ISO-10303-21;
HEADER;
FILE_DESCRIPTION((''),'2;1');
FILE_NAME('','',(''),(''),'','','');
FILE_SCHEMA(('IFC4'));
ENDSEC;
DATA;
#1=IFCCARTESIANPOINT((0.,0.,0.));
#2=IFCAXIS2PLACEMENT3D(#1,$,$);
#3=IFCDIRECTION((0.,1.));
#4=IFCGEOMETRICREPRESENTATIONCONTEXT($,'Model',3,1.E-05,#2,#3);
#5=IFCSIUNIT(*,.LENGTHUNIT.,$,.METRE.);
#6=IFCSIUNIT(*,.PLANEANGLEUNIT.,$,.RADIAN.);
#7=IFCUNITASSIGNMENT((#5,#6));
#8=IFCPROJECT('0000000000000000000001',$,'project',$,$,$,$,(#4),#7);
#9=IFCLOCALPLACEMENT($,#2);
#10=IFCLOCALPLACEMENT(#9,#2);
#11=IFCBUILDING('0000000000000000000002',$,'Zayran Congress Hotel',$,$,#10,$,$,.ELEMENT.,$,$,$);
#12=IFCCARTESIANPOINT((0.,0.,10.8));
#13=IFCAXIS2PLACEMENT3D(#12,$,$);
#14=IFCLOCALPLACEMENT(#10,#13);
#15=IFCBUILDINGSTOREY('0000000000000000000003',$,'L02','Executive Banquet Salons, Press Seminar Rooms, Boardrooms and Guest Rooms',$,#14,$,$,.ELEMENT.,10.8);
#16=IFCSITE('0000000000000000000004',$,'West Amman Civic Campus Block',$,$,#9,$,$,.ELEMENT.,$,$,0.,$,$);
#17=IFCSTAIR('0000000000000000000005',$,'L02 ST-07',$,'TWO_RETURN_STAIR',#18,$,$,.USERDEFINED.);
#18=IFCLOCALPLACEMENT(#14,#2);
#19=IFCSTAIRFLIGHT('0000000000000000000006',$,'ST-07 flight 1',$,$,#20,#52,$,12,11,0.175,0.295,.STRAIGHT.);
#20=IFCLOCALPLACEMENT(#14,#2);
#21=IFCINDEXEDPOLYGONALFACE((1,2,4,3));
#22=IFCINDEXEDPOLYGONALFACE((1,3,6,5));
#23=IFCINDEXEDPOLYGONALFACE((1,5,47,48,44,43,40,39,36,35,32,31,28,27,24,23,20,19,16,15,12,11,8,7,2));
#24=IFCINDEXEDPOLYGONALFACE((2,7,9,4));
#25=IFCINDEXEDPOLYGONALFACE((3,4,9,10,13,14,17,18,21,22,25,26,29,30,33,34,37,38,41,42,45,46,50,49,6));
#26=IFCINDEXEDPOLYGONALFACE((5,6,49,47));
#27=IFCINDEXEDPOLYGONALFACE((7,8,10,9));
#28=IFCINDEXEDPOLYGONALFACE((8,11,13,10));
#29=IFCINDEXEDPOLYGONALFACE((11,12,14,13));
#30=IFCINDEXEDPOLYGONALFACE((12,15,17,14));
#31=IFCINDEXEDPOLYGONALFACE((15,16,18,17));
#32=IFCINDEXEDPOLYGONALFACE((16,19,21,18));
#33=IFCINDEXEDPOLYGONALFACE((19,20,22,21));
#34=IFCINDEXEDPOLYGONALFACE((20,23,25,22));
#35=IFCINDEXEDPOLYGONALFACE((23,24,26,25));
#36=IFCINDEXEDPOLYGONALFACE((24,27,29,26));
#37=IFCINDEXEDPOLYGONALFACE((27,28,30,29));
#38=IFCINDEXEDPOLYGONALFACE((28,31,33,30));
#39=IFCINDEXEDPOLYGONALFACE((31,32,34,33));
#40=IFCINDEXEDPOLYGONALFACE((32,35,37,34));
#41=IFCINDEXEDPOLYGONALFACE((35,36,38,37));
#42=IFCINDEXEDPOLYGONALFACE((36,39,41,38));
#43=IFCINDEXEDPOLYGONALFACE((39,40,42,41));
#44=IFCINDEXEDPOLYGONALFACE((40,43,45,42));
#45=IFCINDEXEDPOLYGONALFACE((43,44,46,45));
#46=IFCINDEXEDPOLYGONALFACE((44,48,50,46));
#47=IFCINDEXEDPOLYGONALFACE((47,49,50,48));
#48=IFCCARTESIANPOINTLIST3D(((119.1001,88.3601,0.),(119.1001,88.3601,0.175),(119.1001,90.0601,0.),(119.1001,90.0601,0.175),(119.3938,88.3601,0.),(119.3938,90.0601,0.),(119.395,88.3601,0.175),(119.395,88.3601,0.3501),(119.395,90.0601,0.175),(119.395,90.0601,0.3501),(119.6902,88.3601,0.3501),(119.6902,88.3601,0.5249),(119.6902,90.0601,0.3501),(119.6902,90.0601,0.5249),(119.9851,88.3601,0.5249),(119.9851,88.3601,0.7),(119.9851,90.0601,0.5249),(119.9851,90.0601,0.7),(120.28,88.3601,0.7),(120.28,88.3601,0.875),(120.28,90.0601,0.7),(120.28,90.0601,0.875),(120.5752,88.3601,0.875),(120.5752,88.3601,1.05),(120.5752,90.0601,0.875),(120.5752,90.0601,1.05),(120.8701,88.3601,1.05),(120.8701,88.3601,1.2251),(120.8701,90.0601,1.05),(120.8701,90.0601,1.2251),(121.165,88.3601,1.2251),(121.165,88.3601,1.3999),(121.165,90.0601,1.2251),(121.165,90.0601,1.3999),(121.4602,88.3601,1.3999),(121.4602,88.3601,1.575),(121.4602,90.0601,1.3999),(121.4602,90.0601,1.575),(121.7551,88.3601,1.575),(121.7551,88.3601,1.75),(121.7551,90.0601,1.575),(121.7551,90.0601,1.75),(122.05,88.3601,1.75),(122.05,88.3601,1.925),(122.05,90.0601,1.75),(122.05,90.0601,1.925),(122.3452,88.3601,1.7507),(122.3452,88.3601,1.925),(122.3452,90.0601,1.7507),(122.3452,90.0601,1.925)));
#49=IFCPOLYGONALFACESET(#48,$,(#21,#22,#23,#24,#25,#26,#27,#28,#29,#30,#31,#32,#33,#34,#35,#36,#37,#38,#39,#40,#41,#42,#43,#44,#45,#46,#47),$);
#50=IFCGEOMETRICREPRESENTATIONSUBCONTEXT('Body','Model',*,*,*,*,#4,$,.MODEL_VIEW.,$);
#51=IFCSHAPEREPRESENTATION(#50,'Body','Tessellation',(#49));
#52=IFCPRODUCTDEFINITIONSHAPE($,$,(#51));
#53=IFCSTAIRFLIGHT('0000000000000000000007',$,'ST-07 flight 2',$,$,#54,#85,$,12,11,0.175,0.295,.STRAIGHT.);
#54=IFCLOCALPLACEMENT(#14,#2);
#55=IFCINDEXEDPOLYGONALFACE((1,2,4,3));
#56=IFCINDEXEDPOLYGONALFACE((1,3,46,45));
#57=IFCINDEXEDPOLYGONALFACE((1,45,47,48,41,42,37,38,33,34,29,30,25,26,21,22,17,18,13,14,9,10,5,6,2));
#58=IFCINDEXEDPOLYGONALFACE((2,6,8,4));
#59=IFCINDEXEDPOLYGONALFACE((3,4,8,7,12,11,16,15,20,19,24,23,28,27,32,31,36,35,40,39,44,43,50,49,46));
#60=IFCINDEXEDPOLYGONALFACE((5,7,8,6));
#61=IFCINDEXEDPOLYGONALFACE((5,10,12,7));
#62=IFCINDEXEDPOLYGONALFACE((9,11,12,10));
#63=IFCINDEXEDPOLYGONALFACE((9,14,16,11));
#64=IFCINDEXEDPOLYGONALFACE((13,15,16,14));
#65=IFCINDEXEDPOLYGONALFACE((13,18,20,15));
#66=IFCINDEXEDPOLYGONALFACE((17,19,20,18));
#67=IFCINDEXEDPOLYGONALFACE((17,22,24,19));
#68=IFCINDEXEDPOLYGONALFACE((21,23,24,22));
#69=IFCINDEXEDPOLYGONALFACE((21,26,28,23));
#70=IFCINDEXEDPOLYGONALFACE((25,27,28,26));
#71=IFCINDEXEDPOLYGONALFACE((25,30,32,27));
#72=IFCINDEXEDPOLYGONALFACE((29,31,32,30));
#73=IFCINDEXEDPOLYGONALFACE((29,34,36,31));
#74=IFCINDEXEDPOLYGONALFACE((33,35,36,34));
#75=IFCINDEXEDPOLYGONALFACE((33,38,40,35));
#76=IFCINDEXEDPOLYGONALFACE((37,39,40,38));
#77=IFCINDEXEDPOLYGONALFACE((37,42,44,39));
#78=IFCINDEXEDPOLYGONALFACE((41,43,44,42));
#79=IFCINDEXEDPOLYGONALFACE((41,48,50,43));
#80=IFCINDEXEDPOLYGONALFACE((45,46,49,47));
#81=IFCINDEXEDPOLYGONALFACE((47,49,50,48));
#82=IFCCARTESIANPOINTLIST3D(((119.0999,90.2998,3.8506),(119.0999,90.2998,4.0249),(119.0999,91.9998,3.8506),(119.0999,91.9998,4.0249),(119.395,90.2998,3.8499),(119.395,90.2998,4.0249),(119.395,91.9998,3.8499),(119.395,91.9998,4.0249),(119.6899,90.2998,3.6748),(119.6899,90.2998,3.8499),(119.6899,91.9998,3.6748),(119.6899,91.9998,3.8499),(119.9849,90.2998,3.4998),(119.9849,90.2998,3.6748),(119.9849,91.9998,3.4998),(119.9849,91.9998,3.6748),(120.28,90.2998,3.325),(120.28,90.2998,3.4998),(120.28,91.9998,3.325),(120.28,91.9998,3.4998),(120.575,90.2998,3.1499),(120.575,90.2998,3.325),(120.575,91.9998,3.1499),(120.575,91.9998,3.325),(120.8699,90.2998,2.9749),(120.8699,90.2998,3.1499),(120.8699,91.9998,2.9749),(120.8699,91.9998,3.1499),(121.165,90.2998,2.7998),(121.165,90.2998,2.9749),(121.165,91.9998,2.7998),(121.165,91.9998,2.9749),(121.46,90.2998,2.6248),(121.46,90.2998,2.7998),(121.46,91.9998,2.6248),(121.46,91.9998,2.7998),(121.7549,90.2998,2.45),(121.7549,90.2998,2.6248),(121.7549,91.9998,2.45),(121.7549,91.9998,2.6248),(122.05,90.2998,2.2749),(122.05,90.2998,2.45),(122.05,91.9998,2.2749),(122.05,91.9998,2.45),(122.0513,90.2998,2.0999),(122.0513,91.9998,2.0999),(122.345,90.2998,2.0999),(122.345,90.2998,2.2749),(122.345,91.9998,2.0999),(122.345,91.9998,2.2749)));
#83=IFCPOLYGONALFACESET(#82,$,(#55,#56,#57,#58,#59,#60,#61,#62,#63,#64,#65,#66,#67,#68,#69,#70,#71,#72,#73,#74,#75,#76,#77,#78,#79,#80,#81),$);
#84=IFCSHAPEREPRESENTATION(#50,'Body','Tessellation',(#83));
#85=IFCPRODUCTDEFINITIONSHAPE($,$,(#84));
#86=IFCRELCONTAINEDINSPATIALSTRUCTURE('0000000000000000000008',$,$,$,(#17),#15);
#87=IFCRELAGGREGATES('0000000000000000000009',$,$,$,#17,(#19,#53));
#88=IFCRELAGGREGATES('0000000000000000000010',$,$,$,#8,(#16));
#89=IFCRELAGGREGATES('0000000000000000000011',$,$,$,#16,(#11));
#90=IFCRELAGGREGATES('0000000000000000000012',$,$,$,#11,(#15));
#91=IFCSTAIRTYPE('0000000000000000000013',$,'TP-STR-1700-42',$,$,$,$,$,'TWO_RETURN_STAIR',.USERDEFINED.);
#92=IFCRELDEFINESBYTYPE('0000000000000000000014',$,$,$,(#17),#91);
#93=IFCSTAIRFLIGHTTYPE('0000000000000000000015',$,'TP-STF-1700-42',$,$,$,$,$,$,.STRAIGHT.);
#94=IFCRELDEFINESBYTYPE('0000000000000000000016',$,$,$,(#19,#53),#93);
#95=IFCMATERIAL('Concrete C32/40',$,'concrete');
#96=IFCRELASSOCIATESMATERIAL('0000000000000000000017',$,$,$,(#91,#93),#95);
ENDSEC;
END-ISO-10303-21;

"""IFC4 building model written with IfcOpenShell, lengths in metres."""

from ifc_helpers import new_model, si_unit, direction, frame, origin, place, context, subcontext, project, spatial, polyline, outline, extrude, material, type_object, element, aggregate, save


model = new_model("IFC4")

# Units and contexts
model_context = context("Model", 3, precision=1e-05, world=origin(), true_north=direction((0.0, 1.0)))
body_context = subcontext(model_context, "Body", "Model", "MODEL_VIEW")
ifc_project = project(units=[si_unit("LENGTHUNIT", "METRE"), si_unit("PLANEANGLEUNIT", "RADIAN")], contexts=[model_context])

# Site, building, storey
site_placement = place(None, origin())
site = spatial("IfcSite", under=ifc_project, at=site_placement, Name="West Amman Civic Campus Block", CompositionType="ELEMENT", RefElevation=0.0)
building_placement = place(site_placement, origin())
building = spatial("IfcBuilding", under=site, at=building_placement, Name="Zayran Congress Hotel", CompositionType="ELEMENT")
storey_placement = place(building_placement, frame((0.0, 0.0, 10.8)))
storey = spatial("IfcBuildingStorey", under=building, at=storey_placement, Name="L02", Description="Executive Banquet Salons, Press Seminar Rooms, Boardrooms and Guest Rooms", CompositionType="ELEMENT", Elevation=10.8)

# Stair, stair flights
ifc_material_1 = material(Name="Concrete C32/40", Category="concrete")
stair_type = type_object("IfcStairType", Name="TP-STR-1700-42", ElementType="TWO_RETURN_STAIR", PredefinedType="USERDEFINED", material=ifc_material_1)
stair_placement = place(storey_placement, origin())
stair = element("IfcStair", 1, at=stair_placement, inside=storey, type_object=stair_type, Name="L02 ST-07", ObjectType="TWO_RETURN_STAIR", PredefinedType="USERDEFINED")
stair_flight_type = type_object("IfcStairFlightType", Name="TP-STF-1700-42", PredefinedType="STRAIGHT", material=ifc_material_1)
stair_flight_1_placement = place(storey_placement, frame((119.1001, 89.21, 0.0), z_axis=(0.0, 0.0, 1.0), x_axis=(1.0, 0.0, 0.0)))
stair_flight_1 = element("IfcStairFlight", 2, at=stair_flight_1_placement, type_object=stair_flight_type, Name="ST-07 flight 1", NumberOfRisers=12, NumberOfTreads=11, PredefinedType="STRAIGHT", RiserHeight=0.175, TreadLength=0.295, context=body_context, shape_type="SweptSolid", body=[
    extrude(outline(polyline([(0.0, 0.0), (0.0, 0.175), (0.2949, 0.175), (0.2949, 0.3501), (0.5901, 0.3501), (0.5901, 0.5249), (0.885, 0.5249), (0.885, 0.7), (1.1799, 0.7), (1.1799, 0.875), (1.4751, 0.875), (1.4751, 1.05), (1.77, 1.05), (1.77, 1.2251), (2.0649, 1.2251), (2.0649, 1.3999), (2.3601, 1.3999), (2.3601, 1.575), (2.655, 1.575), (2.655, 1.75), (2.95, 1.75), (2.95, 1.925), (3.2451, 1.925), (3.2451, 2.1001), (3.2451, 1.7507), (0.2937, 0.0), (0.0, 0.0)])), frame((0.0, 0.8501, 0.0), z_axis=(0.0, -1.0, 0.0), x_axis=(1.0, 0.0, 0.0)), (0.0, 0.0, 1.0), 1.7),
])
stair_flight_2_placement = place(storey_placement, frame((122.345, 91.1499, 2.0999), z_axis=(0.0, 0.0, 1.0), x_axis=(-1.0, 0.0, 0.0)))
stair_flight_2 = element("IfcStairFlight", 3, at=stair_flight_2_placement, type_object=stair_flight_type, Name="ST-07 flight 2", NumberOfRisers=12, NumberOfTreads=11, PredefinedType="STRAIGHT", RiserHeight=0.175, TreadLength=0.295, context=body_context, shape_type="SweptSolid", body=[
    extrude(outline(polyline([(0.0, 0.0), (0.0, 0.175), (0.2949, 0.175), (0.2949, 0.3501), (0.5901, 0.3501), (0.5901, 0.5249), (0.885, 0.5249), (0.885, 0.7), (1.1799, 0.7), (1.1799, 0.875), (1.4751, 0.875), (1.4751, 1.05), (1.77, 1.05), (1.77, 1.2251), (2.0649, 1.2251), (2.0649, 1.3999), (2.3601, 1.3999), (2.3601, 1.575), (2.655, 1.575), (2.655, 1.75), (2.95, 1.75), (2.95, 1.925), (3.2451, 1.925), (3.2451, 2.1001), (3.2451, 1.7507), (0.2937, 0.0), (0.0, 0.0)])), frame((0.0, 0.8501, 0.0), z_axis=(0.0, -1.0, 0.0), x_axis=(1.0, 0.0, 0.0)), (0.0, 0.0, 1.0), 1.7),
])
aggregate(stair, [stair_flight_1, stair_flight_2])

save(model, "model.ifc")
